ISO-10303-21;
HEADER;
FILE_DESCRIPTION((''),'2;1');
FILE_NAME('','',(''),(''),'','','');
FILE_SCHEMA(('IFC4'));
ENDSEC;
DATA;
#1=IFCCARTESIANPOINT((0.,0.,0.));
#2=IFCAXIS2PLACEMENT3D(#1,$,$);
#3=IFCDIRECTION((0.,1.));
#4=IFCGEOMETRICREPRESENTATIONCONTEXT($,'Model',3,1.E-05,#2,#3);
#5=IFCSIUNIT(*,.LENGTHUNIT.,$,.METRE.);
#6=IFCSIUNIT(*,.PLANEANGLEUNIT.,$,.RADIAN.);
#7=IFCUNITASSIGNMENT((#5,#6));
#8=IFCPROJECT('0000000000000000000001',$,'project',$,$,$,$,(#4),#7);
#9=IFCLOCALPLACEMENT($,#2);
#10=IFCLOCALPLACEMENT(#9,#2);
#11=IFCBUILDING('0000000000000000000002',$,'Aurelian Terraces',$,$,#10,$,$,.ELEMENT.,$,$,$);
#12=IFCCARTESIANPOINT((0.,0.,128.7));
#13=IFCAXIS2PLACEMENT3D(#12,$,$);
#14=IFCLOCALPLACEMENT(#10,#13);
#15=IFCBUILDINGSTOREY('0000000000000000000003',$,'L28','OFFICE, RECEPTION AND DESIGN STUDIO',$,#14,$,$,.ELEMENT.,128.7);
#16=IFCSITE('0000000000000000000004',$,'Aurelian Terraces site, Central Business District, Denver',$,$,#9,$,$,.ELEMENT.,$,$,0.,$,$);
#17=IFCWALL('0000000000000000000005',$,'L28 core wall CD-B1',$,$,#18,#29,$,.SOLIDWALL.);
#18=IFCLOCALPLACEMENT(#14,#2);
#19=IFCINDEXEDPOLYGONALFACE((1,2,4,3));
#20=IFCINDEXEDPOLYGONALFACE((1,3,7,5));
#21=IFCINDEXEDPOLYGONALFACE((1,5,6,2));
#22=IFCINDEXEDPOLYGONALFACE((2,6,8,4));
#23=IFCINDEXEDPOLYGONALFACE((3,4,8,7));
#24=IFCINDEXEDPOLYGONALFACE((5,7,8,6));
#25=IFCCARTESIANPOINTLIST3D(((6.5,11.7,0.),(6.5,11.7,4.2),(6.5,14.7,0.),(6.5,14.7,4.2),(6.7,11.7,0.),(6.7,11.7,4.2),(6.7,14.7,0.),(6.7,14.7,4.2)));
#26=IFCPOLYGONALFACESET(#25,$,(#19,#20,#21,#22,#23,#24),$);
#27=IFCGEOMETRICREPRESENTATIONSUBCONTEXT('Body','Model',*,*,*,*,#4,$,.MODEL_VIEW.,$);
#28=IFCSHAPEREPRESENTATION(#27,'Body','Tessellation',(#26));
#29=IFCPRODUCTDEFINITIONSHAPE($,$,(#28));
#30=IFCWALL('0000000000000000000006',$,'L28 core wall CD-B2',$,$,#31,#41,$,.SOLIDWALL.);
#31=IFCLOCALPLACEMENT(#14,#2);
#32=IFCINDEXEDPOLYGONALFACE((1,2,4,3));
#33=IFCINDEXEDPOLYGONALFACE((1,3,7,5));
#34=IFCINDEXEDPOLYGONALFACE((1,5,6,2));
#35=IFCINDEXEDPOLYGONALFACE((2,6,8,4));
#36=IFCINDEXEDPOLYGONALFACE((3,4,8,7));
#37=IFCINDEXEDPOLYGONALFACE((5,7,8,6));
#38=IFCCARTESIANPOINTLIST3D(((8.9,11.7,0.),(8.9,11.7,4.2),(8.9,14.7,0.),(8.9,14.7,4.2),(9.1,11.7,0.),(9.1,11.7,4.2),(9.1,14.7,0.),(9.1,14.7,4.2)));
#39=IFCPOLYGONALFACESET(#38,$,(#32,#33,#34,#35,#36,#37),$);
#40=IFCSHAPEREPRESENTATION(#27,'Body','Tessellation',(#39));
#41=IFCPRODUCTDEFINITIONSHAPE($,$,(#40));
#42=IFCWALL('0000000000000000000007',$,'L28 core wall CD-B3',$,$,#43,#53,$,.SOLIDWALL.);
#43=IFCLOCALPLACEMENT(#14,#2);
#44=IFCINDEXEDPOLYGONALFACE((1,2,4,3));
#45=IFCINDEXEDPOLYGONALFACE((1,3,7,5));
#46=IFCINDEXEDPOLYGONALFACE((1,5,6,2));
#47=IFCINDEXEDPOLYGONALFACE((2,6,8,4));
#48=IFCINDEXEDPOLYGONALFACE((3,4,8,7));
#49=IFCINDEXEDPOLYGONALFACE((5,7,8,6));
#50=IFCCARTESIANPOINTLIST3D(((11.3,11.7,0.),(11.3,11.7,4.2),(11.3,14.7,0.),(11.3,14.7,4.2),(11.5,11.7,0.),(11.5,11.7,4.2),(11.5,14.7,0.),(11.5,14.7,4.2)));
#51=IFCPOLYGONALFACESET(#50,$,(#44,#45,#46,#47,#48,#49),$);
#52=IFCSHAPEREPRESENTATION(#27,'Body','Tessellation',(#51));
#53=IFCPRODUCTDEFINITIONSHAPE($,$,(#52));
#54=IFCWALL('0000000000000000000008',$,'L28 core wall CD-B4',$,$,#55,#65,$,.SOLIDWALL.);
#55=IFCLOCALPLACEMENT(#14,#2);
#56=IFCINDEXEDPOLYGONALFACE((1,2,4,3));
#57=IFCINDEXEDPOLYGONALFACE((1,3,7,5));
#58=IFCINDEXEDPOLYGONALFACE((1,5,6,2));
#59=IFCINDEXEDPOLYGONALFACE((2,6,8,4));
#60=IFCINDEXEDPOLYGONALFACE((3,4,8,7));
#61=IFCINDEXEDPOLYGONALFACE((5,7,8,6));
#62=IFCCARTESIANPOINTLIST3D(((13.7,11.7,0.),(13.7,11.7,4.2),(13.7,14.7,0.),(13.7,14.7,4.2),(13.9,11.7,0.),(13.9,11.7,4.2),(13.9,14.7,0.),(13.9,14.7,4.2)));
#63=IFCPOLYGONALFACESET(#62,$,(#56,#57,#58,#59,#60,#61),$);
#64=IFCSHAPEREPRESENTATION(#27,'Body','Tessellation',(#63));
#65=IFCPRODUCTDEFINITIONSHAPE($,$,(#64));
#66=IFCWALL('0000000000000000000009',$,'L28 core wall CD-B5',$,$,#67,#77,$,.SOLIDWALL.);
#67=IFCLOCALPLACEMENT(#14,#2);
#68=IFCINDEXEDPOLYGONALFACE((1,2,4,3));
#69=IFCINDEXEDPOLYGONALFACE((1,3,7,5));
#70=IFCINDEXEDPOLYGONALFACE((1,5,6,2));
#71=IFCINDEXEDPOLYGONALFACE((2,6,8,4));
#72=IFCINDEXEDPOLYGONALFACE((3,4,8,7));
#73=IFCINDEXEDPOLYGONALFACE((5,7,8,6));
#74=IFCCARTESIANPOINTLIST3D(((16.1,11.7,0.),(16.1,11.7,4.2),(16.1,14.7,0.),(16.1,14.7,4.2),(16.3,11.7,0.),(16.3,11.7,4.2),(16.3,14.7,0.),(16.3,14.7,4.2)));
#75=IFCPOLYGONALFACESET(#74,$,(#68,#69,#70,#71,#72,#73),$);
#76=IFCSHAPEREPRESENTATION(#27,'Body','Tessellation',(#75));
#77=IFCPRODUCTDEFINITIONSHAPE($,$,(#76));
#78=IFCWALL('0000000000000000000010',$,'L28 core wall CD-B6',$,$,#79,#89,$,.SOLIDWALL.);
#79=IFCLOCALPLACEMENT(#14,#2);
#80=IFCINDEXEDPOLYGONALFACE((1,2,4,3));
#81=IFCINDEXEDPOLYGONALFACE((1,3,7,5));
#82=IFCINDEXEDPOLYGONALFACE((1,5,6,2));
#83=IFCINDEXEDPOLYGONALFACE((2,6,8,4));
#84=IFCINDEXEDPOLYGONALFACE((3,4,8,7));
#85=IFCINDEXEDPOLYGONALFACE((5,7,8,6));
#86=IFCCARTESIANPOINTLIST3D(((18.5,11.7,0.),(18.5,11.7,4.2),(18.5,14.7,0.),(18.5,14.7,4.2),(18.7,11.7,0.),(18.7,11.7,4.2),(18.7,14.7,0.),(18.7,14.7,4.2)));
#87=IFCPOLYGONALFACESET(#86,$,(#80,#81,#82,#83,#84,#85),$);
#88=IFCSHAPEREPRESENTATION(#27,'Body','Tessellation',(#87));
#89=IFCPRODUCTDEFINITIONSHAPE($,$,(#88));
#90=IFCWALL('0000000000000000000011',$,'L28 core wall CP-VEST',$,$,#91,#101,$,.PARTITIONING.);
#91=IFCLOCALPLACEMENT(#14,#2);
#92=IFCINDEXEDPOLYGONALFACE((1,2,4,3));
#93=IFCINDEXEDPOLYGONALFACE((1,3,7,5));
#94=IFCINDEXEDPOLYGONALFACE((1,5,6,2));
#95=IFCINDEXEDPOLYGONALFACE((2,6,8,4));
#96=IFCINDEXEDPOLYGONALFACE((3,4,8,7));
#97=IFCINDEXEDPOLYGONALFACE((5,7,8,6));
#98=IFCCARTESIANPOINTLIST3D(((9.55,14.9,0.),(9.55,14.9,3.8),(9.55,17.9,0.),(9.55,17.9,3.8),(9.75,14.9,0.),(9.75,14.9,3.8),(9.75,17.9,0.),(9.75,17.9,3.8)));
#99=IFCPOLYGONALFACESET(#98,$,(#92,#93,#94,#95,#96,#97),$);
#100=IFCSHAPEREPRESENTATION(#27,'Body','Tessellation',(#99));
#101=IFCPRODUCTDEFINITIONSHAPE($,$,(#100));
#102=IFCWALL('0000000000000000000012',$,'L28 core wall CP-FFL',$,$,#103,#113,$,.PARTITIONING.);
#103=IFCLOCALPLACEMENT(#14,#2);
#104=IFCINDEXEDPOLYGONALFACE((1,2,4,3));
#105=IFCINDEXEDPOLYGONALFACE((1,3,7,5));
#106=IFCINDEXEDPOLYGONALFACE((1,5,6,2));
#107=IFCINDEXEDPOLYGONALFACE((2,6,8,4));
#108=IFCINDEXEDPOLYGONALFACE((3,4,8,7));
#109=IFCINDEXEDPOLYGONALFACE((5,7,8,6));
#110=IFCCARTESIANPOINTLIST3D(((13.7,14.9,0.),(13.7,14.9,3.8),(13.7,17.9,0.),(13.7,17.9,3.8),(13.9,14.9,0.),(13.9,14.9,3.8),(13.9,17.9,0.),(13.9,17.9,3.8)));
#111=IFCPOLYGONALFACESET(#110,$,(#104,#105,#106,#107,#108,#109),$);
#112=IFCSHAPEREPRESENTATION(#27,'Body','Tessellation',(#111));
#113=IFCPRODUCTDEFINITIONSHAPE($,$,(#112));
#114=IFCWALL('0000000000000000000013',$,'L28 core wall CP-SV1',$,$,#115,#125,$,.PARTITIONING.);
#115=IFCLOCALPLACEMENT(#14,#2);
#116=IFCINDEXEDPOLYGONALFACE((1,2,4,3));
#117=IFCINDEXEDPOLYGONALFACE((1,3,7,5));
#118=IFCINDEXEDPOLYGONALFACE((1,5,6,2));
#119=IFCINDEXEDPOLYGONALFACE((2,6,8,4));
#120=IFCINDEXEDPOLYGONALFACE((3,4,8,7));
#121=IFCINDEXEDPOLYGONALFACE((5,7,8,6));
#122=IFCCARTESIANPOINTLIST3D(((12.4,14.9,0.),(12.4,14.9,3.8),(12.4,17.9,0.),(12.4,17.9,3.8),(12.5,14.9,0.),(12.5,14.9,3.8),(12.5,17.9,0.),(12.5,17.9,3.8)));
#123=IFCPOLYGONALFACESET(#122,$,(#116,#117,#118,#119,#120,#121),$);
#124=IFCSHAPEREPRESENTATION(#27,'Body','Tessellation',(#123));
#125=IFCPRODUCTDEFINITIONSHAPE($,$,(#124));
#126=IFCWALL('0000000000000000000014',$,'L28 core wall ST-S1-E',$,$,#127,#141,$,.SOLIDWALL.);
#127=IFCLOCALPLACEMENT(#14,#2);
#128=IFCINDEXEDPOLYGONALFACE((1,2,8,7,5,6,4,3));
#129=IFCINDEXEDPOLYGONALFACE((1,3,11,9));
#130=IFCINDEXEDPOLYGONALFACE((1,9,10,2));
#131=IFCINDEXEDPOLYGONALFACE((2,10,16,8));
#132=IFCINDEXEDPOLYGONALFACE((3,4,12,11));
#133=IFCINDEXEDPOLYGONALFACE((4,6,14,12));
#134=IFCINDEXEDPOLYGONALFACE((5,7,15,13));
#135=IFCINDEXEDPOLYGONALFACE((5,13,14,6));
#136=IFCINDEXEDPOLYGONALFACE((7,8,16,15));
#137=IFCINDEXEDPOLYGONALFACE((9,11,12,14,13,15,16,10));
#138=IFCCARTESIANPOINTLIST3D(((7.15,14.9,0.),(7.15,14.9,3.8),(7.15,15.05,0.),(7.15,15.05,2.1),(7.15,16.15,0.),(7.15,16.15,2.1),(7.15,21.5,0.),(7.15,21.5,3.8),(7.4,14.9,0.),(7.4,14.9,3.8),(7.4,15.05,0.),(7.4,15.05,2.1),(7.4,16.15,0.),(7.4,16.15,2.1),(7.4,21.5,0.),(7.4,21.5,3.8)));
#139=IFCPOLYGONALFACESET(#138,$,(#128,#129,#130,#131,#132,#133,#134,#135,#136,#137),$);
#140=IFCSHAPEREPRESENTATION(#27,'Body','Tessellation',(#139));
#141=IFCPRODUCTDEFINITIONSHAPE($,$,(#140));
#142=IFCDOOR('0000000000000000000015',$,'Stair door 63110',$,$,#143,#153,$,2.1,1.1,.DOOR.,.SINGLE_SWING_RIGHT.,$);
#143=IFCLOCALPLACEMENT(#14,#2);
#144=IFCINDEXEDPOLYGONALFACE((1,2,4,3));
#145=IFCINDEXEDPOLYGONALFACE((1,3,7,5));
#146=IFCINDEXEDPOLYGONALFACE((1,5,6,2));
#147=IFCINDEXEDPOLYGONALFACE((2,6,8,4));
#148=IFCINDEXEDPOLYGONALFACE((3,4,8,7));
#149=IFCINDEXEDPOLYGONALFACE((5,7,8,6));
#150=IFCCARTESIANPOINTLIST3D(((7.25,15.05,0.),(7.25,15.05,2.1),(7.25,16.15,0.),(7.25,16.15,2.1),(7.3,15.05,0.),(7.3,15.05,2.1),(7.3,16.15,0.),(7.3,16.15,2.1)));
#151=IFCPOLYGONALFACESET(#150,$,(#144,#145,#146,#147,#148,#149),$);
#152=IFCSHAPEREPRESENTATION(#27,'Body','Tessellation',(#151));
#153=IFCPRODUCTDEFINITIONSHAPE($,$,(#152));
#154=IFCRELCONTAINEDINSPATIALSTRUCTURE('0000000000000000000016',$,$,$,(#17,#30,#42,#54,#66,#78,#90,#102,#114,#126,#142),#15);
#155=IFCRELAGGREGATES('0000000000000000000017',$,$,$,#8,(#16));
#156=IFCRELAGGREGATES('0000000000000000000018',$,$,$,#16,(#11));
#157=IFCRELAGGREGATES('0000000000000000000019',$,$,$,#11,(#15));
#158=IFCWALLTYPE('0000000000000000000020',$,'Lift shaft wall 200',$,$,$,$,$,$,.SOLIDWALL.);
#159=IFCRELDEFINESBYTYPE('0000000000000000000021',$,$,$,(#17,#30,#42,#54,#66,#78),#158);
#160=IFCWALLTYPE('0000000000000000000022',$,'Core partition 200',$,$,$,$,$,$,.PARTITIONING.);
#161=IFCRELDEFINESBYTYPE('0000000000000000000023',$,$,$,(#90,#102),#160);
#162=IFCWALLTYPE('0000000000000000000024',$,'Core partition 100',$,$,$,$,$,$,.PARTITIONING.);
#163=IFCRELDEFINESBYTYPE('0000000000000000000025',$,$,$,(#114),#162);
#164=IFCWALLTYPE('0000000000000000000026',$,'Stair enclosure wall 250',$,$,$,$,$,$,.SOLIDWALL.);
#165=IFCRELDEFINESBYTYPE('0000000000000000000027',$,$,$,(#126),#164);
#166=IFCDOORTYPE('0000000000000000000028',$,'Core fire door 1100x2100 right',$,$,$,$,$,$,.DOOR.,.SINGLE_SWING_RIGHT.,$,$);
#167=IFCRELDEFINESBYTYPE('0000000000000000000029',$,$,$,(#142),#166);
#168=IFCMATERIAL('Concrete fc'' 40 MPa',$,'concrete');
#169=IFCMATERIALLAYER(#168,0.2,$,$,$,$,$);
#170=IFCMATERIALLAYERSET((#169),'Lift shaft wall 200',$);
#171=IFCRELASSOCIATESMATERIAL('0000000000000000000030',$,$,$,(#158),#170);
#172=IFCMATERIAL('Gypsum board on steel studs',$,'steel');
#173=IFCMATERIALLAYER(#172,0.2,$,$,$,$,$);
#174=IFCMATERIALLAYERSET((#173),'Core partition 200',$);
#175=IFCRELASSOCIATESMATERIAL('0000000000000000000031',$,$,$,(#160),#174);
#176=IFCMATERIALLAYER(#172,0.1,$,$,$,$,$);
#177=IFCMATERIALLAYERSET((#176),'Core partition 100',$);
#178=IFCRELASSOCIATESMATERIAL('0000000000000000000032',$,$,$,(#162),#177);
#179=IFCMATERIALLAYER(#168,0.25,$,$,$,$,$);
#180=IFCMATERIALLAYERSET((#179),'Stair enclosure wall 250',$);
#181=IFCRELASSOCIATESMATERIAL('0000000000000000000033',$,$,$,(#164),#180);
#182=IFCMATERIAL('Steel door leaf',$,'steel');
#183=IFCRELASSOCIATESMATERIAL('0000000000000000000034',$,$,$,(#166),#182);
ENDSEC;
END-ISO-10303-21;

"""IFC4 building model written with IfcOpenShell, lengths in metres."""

from ifc_helpers import new_model, si_unit, direction, frame, frame_2d, origin, place, context, subcontext, project, spatial, rectangle, extrude, source, transform, mapped, material, layer, layer_set, type_object, element, fill, save


model = new_model("IFC4")

# Units and contexts
model_context = context("Model", 3, precision=1e-05, world=origin(), true_north=direction((0.0, 1.0)))
body_context = subcontext(model_context, "Body", "Model", "MODEL_VIEW")
ifc_project = project(units=[si_unit("LENGTHUNIT", "METRE"), si_unit("PLANEANGLEUNIT", "RADIAN")], contexts=[model_context])

# Site, building, storey
site_placement = place(None, origin())
site = spatial("IfcSite", under=ifc_project, at=site_placement, Name="Aurelian Terraces site, Central Business District, Denver", CompositionType="ELEMENT", RefElevation=0.0)
building_placement = place(site_placement, origin())
building = spatial("IfcBuilding", under=site, at=building_placement, Name="Aurelian Terraces", CompositionType="ELEMENT")
storey_placement = place(building_placement, frame((0.0, 0.0, 128.7)))
storey = spatial("IfcBuildingStorey", under=building, at=storey_placement, Name="L28", Description="OFFICE, RECEPTION AND DESIGN STUDIO", CompositionType="ELEMENT", Elevation=128.7)

# Walls
ifc_material_1 = material(Name="Concrete fc' 40 MPa", Category="concrete")
ifc_layer_1 = layer(ifc_material_1, 0.2)
ifc_layer_set_1 = layer_set([ifc_layer_1], Name="Lift shaft wall 200")
wall_type_1 = type_object("IfcWallType", Name="Lift shaft wall 200", PredefinedType="SOLIDWALL", material=ifc_layer_set_1)
shared_shape_1 = source(origin(), body_context, "Body", "SweptSolid", [
    extrude(rectangle(XDim=3.0, YDim=0.2, at=frame_2d((1.5, 0.0))), origin(), (0.0, 0.0, 1.0), 4.2),
])
for number, where, z_axis, x_axis, name in (
    (1, (6.6, 11.7, 0.0), (0.0, 0.0, 1.0), (0.0, 1.0, 0.0), "L28 core wall CD-B1"),
    (2, (9.0, 11.7, 0.0), (0.0, 0.0, 1.0), (0.0, 1.0, 0.0), "L28 core wall CD-B2"),
    (3, (11.4, 11.7, 0.0), (0.0, 0.0, 1.0), (0.0, 1.0, 0.0), "L28 core wall CD-B3"),
    (4, (13.8, 11.7, 0.0), (0.0, 0.0, 1.0), (0.0, 1.0, 0.0), "L28 core wall CD-B4"),
    (5, (16.2, 11.7, 0.0), (0.0, 0.0, 1.0), (0.0, 1.0, 0.0), "L28 core wall CD-B5"),
    (6, (18.6, 11.7, 0.0), (0.0, 0.0, 1.0), (0.0, 1.0, 0.0), "L28 core wall CD-B6"),
):
    element("IfcWall", number, at=place(storey_placement, frame(where, z_axis=z_axis, x_axis=x_axis)), inside=storey, type_object=wall_type_1, Name=name, PredefinedType="SOLIDWALL", context=body_context, shape_type="MappedRepresentation", body=[
        mapped(shared_shape_1, transform((0.0, 0.0, 0.0), scale=1.0)),
    ])
ifc_material_2 = material(Name="Gypsum board on steel studs", Category="steel")
ifc_layer_2 = layer(ifc_material_2, 0.2)
ifc_layer_set_2 = layer_set([ifc_layer_2], Name="Core partition 200")
wall_type_2 = type_object("IfcWallType", Name="Core partition 200", PredefinedType="PARTITIONING", material=ifc_layer_set_2)
shared_shape_2 = source(origin(), body_context, "Body", "SweptSolid", [
    extrude(rectangle(XDim=3.0, YDim=0.2, at=frame_2d((1.5, 0.0))), origin(), (0.0, 0.0, 1.0), 3.8),
])
for number, where, z_axis, x_axis, name in (
    (7, (9.65, 14.9, 0.0), (0.0, 0.0, 1.0), (0.0, 1.0, 0.0), "L28 core wall CP-VEST"),
    (8, (13.8, 14.9, 0.0), (0.0, 0.0, 1.0), (0.0, 1.0, 0.0), "L28 core wall CP-FFL"),
):
    element("IfcWall", number, at=place(storey_placement, frame(where, z_axis=z_axis, x_axis=x_axis)), inside=storey, type_object=wall_type_2, Name=name, PredefinedType="PARTITIONING", context=body_context, shape_type="MappedRepresentation", body=[
        mapped(shared_shape_2, transform((0.0, 0.0, 0.0), scale=1.0)),
    ])
ifc_layer_3 = layer(ifc_material_2, 0.1)
ifc_layer_set_3 = layer_set([ifc_layer_3], Name="Core partition 100")
wall_type_3 = type_object("IfcWallType", Name="Core partition 100", PredefinedType="PARTITIONING", material=ifc_layer_set_3)
shared_shape_3 = source(origin(), body_context, "Body", "SweptSolid", [
    extrude(rectangle(XDim=3.0, YDim=0.1, at=frame_2d((1.5, 0.0))), origin(), (0.0, 0.0, 1.0), 3.8),
])
wall_1_placement = place(storey_placement, frame((12.45, 14.9, 0.0), z_axis=(0.0, 0.0, 1.0), x_axis=(0.0, 1.0, 0.0)))
element("IfcWall", 9, at=wall_1_placement, inside=storey, type_object=wall_type_3, Name="L28 core wall CP-SV1", PredefinedType="PARTITIONING", context=body_context, shape_type="MappedRepresentation", body=[
    mapped(shared_shape_3, transform((0.0, 0.0, 0.0), scale=1.0)),
])

# Wall, opening, door
ifc_layer_4 = layer(ifc_material_1, 0.25)
ifc_layer_set_4 = layer_set([ifc_layer_4], Name="Stair enclosure wall 250")
wall_type_4 = type_object("IfcWallType", Name="Stair enclosure wall 250", PredefinedType="SOLIDWALL", material=ifc_layer_set_4)
shared_shape_4 = source(origin(), body_context, "Body", "SweptSolid", [
    extrude(rectangle(XDim=6.6, YDim=0.25, at=frame_2d((3.3, 0.0))), origin(), (0.0, 0.0, 1.0), 3.8),
])
wall_2_placement = place(storey_placement, frame((7.275, 14.9, 0.0), z_axis=(0.0, 0.0, 1.0), x_axis=(0.0, 1.0, 0.0)))
wall_2 = element("IfcWall", 10, at=wall_2_placement, inside=storey, type_object=wall_type_4, Name="L28 core wall ST-S1-E", PredefinedType="SOLIDWALL", context=body_context, shape_type="MappedRepresentation", body=[
    mapped(shared_shape_4, transform((0.0, 0.0, 0.0), scale=1.0)),
])
shared_shape_5 = source(origin(), body_context, "Body", "SweptSolid", [
    extrude(rectangle(XDim=1.1, YDim=2.1, at=frame_2d((0.55, 1.05))), frame((0.0, 0.135, 0.0), z_axis=(0.0, -1.0, 0.0), x_axis=(1.0, 0.0, 0.0)), (0.0, 0.0, 1.0), 0.27),
])
opening_1_placement = place(wall_2_placement, frame((0.15, 0.0, 0.0)))
opening_1 = element("IfcOpeningElement", 11, at=opening_1_placement, cuts=wall_2, PredefinedType="OPENING", context=body_context, shape_type="MappedRepresentation", body=[
    mapped(shared_shape_5, transform((0.0, 0.0, 0.0), scale=1.0)),
])
ifc_material_3 = material(Name="Steel door leaf", Category="steel")
door_type_1 = type_object("IfcDoorType", Name="Core fire door 1100x2100 right", OperationType="SINGLE_SWING_RIGHT", PredefinedType="DOOR", material=ifc_material_3)
shared_shape_6 = source(origin(), body_context, "Body", "SweptSolid", [
    extrude(rectangle(XDim=1.1, YDim=2.1, at=frame_2d((0.55, 1.05))), frame((0.0, 0.025, 0.0), z_axis=(0.0, -1.0, 0.0), x_axis=(1.0, 0.0, 0.0)), (0.0, 0.0, 1.0), 0.05),
])
door_1_placement = place(opening_1_placement, origin())
door_1 = element("IfcDoor", 12, at=door_1_placement, inside=storey, type_object=door_type_1, Name="Stair door 63110", OperationType="SINGLE_SWING_RIGHT", OverallHeight=2.1, OverallWidth=1.1, PredefinedType="DOOR", context=body_context, shape_type="MappedRepresentation", body=[
    mapped(shared_shape_6, transform((0.0, 0.0, 0.0), scale=1.0)),
])
fill(opening_1, door_1)

save(model, "model.ifc")
